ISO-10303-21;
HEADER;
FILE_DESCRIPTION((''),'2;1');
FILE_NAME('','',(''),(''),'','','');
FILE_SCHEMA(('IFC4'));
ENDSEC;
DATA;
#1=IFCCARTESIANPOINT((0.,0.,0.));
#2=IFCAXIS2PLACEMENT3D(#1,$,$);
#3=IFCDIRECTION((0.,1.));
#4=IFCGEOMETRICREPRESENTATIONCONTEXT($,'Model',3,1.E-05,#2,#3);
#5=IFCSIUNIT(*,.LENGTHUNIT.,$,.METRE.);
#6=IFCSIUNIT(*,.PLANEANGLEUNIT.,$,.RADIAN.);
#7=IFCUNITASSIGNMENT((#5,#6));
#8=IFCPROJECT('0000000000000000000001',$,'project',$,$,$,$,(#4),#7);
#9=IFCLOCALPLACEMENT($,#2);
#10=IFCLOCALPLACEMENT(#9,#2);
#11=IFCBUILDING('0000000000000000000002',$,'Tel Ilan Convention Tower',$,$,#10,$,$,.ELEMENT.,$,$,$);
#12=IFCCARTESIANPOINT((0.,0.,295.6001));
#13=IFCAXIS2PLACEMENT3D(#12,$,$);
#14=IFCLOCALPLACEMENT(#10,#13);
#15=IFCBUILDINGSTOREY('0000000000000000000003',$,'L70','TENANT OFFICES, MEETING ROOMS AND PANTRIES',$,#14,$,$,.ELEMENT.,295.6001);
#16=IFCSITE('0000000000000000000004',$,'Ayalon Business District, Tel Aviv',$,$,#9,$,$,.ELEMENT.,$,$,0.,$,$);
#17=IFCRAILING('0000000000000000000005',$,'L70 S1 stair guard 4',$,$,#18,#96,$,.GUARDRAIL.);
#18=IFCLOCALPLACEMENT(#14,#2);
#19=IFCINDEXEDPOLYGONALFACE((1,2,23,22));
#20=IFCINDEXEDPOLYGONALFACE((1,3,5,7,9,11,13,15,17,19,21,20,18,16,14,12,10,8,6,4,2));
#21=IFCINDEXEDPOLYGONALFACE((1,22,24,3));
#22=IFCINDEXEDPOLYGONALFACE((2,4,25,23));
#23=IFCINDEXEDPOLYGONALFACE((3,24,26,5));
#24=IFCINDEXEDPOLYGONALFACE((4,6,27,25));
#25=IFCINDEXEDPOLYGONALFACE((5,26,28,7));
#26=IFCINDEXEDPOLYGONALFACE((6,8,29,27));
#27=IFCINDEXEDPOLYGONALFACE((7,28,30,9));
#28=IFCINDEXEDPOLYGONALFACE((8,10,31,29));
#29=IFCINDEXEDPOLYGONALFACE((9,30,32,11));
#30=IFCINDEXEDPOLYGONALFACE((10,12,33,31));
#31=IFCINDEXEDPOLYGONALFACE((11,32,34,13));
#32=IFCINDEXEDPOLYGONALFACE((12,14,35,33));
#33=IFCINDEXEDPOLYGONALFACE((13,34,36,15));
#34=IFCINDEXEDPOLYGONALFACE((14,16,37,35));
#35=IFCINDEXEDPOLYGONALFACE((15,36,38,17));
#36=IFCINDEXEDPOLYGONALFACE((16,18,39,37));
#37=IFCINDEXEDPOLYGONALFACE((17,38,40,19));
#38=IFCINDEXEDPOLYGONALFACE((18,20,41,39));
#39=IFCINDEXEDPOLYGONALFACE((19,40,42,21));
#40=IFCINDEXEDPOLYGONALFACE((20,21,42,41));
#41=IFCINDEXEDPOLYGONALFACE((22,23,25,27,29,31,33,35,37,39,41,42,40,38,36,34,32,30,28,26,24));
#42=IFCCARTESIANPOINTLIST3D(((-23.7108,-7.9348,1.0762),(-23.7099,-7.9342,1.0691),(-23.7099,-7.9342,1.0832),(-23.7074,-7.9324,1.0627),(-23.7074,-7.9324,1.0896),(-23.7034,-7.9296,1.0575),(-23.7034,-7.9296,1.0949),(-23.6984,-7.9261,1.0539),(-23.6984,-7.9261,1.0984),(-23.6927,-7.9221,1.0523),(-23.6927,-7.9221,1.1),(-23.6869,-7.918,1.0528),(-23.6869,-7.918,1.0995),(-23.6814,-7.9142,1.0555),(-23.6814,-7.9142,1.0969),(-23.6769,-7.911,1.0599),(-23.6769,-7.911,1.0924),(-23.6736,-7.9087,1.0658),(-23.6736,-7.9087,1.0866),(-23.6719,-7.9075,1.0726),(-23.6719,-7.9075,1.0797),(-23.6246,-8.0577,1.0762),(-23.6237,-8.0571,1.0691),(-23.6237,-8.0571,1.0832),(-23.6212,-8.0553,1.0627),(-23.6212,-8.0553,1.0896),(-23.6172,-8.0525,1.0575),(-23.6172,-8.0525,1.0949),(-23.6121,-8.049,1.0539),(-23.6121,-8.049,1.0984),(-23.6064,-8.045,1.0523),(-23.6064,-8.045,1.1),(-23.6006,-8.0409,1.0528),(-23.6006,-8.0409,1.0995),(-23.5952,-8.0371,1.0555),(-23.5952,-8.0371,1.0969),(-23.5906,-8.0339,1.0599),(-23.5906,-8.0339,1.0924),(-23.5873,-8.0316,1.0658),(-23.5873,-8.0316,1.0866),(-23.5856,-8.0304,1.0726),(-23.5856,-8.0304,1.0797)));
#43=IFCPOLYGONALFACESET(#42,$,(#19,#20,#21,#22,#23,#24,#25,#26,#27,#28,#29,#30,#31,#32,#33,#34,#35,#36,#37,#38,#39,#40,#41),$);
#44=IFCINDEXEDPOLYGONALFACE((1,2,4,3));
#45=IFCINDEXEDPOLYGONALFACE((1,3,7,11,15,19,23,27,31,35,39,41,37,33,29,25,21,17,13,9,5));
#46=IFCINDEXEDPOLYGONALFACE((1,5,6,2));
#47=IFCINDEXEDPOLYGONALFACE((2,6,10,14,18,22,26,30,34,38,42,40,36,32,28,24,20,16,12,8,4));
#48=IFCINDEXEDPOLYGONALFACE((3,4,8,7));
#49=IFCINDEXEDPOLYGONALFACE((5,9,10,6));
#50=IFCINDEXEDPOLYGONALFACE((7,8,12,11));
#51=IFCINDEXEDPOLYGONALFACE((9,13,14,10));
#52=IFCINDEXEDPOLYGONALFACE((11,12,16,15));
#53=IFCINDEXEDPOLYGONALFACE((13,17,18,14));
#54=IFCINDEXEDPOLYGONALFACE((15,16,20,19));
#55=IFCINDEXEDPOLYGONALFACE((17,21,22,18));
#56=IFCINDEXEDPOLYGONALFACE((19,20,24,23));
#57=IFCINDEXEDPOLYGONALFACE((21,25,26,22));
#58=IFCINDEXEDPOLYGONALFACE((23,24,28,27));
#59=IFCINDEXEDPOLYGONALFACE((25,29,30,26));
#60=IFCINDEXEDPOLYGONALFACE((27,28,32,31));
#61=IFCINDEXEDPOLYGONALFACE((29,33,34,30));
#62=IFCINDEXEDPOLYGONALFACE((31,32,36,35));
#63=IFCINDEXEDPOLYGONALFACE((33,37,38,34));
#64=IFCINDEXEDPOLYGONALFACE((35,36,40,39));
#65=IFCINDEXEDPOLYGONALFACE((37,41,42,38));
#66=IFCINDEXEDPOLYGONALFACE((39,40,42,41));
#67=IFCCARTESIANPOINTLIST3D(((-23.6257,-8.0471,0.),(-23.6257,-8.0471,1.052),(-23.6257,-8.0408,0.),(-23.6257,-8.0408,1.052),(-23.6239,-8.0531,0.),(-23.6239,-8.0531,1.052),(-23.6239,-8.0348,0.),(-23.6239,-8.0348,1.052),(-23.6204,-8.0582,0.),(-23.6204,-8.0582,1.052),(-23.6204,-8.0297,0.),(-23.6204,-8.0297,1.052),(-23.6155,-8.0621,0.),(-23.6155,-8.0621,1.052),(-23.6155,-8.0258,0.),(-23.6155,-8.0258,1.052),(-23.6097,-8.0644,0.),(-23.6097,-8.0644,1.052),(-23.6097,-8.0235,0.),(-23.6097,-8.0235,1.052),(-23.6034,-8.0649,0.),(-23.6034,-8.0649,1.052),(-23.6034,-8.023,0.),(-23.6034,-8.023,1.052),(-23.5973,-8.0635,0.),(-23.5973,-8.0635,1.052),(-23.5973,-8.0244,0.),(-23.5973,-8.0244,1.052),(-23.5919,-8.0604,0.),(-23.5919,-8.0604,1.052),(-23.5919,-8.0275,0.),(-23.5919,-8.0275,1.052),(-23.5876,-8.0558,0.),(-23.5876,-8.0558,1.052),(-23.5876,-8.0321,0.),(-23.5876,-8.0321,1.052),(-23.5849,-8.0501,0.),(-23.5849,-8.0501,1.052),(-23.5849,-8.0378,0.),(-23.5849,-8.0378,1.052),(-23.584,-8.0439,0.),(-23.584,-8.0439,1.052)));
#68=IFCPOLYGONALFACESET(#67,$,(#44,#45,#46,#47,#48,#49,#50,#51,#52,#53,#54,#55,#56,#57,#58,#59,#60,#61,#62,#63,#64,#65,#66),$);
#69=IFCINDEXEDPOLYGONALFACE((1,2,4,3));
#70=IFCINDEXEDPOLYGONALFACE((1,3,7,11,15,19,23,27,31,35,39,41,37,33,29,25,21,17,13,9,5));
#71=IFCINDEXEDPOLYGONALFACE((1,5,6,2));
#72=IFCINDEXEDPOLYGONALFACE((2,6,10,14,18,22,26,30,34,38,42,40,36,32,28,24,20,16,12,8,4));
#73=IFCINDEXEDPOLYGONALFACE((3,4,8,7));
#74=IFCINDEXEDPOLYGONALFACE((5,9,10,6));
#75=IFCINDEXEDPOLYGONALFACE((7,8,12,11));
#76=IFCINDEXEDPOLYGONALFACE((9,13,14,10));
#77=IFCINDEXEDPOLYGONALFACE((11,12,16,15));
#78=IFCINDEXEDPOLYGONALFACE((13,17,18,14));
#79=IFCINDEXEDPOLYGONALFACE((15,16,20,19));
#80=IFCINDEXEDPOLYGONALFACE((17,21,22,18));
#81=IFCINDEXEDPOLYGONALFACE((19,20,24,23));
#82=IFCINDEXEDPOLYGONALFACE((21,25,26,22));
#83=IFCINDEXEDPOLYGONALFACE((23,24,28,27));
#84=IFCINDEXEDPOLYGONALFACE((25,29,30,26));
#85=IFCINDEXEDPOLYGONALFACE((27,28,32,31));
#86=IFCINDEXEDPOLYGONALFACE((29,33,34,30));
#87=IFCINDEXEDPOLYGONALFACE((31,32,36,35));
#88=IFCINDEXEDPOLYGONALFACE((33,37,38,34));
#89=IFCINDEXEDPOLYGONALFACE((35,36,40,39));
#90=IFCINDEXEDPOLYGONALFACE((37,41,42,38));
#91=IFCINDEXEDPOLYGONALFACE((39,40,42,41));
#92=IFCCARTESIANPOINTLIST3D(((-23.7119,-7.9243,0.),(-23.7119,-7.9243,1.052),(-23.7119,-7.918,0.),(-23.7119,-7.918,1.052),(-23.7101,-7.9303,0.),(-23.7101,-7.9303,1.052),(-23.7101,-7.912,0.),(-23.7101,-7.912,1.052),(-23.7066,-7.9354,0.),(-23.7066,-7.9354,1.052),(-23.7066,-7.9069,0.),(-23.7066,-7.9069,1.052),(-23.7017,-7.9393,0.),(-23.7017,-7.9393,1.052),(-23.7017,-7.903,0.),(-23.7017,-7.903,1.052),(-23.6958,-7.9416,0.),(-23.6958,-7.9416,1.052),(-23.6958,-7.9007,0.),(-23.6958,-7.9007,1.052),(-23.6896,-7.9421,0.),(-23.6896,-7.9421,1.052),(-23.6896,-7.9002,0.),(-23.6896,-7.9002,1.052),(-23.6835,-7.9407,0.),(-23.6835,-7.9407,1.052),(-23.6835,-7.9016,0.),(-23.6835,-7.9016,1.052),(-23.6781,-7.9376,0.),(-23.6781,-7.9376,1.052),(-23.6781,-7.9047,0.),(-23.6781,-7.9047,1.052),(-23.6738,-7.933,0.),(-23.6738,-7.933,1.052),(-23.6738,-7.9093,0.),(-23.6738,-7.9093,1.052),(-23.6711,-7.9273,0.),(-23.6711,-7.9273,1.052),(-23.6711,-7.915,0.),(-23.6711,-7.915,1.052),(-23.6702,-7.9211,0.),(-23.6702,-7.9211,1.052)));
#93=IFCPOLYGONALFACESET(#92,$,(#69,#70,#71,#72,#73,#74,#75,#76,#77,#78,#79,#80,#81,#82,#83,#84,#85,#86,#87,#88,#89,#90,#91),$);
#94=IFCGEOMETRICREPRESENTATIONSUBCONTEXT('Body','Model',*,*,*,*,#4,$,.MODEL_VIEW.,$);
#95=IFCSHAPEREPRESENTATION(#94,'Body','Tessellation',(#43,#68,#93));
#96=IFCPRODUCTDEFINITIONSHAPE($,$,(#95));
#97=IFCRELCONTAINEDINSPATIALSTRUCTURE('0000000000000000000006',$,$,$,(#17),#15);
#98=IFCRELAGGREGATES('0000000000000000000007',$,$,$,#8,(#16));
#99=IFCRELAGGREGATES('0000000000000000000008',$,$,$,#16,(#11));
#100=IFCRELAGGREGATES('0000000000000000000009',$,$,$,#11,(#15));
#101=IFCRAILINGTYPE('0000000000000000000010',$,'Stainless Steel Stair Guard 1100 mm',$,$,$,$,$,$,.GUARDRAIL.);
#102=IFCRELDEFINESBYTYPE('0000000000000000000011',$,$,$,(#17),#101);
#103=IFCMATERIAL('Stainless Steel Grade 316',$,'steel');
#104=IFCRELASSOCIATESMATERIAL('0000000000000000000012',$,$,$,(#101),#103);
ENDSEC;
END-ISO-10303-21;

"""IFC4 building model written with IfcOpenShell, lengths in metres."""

from ifc_helpers import new_model, si_unit, direction, frame, origin, origin_2d, place, context, subcontext, project, spatial, circle, extrude, material, type_object, element, save


model = new_model("IFC4")

# Units and contexts
model_context = context("Model", 3, precision=1e-05, world=origin(), true_north=direction((0.0, 1.0)))
body_context = subcontext(model_context, "Body", "Model", "MODEL_VIEW")
ifc_project = project(units=[si_unit("LENGTHUNIT", "METRE"), si_unit("PLANEANGLEUNIT", "RADIAN")], contexts=[model_context])

# Site, building, storey
site_placement = place(None, origin())
site = spatial("IfcSite", under=ifc_project, at=site_placement, Name="Ayalon Business District, Tel Aviv", CompositionType="ELEMENT", RefElevation=0.0)
building_placement = place(site_placement, origin())
building = spatial("IfcBuilding", under=site, at=building_placement, Name="Tel Ilan Convention Tower", CompositionType="ELEMENT")
storey_placement = place(building_placement, frame((0.0, 0.0, 295.6001)))
storey = spatial("IfcBuildingStorey", under=building, at=storey_placement, Name="L70", Description="TENANT OFFICES, MEETING ROOMS AND PANTRIES", CompositionType="ELEMENT", Elevation=295.6001)

# Railing
ifc_material_1 = material(Name="Stainless Steel Grade 316", Category="steel")
railing_type_1 = type_object("IfcRailingType", Name="Stainless Steel Stair Guard 1100 mm", PredefinedType="GUARDRAIL", material=ifc_material_1)
railing_1_placement = place(storey_placement, frame((-23.605, -8.0439, 0.0)))
element("IfcRailing", 1, at=railing_1_placement, inside=storey, type_object=railing_type_1, Name="L70 S1 stair guard 4", PredefinedType="GUARDRAIL", context=body_context, shape_type="SweptSolid", body=[
    extrude(circle(Radius=0.0239, at=origin_2d()), frame((0.0, 0.0, 1.0762), z_axis=(-0.574445, 0.818543, 0.0), x_axis=(-0.818543, -0.574445, 0.0)), (0.0, 0.0, 1.0), 0.1501),
    extrude(circle(Radius=0.021, at=origin_2d()), origin(), (0.0, 0.0, 1.0), 1.052),
    extrude(circle(Radius=0.021, at=origin_2d()), frame((-0.0862, 0.1228, 0.0)), (0.0, 0.0, 1.0), 1.052),
])

save(model, "model.ifc")
